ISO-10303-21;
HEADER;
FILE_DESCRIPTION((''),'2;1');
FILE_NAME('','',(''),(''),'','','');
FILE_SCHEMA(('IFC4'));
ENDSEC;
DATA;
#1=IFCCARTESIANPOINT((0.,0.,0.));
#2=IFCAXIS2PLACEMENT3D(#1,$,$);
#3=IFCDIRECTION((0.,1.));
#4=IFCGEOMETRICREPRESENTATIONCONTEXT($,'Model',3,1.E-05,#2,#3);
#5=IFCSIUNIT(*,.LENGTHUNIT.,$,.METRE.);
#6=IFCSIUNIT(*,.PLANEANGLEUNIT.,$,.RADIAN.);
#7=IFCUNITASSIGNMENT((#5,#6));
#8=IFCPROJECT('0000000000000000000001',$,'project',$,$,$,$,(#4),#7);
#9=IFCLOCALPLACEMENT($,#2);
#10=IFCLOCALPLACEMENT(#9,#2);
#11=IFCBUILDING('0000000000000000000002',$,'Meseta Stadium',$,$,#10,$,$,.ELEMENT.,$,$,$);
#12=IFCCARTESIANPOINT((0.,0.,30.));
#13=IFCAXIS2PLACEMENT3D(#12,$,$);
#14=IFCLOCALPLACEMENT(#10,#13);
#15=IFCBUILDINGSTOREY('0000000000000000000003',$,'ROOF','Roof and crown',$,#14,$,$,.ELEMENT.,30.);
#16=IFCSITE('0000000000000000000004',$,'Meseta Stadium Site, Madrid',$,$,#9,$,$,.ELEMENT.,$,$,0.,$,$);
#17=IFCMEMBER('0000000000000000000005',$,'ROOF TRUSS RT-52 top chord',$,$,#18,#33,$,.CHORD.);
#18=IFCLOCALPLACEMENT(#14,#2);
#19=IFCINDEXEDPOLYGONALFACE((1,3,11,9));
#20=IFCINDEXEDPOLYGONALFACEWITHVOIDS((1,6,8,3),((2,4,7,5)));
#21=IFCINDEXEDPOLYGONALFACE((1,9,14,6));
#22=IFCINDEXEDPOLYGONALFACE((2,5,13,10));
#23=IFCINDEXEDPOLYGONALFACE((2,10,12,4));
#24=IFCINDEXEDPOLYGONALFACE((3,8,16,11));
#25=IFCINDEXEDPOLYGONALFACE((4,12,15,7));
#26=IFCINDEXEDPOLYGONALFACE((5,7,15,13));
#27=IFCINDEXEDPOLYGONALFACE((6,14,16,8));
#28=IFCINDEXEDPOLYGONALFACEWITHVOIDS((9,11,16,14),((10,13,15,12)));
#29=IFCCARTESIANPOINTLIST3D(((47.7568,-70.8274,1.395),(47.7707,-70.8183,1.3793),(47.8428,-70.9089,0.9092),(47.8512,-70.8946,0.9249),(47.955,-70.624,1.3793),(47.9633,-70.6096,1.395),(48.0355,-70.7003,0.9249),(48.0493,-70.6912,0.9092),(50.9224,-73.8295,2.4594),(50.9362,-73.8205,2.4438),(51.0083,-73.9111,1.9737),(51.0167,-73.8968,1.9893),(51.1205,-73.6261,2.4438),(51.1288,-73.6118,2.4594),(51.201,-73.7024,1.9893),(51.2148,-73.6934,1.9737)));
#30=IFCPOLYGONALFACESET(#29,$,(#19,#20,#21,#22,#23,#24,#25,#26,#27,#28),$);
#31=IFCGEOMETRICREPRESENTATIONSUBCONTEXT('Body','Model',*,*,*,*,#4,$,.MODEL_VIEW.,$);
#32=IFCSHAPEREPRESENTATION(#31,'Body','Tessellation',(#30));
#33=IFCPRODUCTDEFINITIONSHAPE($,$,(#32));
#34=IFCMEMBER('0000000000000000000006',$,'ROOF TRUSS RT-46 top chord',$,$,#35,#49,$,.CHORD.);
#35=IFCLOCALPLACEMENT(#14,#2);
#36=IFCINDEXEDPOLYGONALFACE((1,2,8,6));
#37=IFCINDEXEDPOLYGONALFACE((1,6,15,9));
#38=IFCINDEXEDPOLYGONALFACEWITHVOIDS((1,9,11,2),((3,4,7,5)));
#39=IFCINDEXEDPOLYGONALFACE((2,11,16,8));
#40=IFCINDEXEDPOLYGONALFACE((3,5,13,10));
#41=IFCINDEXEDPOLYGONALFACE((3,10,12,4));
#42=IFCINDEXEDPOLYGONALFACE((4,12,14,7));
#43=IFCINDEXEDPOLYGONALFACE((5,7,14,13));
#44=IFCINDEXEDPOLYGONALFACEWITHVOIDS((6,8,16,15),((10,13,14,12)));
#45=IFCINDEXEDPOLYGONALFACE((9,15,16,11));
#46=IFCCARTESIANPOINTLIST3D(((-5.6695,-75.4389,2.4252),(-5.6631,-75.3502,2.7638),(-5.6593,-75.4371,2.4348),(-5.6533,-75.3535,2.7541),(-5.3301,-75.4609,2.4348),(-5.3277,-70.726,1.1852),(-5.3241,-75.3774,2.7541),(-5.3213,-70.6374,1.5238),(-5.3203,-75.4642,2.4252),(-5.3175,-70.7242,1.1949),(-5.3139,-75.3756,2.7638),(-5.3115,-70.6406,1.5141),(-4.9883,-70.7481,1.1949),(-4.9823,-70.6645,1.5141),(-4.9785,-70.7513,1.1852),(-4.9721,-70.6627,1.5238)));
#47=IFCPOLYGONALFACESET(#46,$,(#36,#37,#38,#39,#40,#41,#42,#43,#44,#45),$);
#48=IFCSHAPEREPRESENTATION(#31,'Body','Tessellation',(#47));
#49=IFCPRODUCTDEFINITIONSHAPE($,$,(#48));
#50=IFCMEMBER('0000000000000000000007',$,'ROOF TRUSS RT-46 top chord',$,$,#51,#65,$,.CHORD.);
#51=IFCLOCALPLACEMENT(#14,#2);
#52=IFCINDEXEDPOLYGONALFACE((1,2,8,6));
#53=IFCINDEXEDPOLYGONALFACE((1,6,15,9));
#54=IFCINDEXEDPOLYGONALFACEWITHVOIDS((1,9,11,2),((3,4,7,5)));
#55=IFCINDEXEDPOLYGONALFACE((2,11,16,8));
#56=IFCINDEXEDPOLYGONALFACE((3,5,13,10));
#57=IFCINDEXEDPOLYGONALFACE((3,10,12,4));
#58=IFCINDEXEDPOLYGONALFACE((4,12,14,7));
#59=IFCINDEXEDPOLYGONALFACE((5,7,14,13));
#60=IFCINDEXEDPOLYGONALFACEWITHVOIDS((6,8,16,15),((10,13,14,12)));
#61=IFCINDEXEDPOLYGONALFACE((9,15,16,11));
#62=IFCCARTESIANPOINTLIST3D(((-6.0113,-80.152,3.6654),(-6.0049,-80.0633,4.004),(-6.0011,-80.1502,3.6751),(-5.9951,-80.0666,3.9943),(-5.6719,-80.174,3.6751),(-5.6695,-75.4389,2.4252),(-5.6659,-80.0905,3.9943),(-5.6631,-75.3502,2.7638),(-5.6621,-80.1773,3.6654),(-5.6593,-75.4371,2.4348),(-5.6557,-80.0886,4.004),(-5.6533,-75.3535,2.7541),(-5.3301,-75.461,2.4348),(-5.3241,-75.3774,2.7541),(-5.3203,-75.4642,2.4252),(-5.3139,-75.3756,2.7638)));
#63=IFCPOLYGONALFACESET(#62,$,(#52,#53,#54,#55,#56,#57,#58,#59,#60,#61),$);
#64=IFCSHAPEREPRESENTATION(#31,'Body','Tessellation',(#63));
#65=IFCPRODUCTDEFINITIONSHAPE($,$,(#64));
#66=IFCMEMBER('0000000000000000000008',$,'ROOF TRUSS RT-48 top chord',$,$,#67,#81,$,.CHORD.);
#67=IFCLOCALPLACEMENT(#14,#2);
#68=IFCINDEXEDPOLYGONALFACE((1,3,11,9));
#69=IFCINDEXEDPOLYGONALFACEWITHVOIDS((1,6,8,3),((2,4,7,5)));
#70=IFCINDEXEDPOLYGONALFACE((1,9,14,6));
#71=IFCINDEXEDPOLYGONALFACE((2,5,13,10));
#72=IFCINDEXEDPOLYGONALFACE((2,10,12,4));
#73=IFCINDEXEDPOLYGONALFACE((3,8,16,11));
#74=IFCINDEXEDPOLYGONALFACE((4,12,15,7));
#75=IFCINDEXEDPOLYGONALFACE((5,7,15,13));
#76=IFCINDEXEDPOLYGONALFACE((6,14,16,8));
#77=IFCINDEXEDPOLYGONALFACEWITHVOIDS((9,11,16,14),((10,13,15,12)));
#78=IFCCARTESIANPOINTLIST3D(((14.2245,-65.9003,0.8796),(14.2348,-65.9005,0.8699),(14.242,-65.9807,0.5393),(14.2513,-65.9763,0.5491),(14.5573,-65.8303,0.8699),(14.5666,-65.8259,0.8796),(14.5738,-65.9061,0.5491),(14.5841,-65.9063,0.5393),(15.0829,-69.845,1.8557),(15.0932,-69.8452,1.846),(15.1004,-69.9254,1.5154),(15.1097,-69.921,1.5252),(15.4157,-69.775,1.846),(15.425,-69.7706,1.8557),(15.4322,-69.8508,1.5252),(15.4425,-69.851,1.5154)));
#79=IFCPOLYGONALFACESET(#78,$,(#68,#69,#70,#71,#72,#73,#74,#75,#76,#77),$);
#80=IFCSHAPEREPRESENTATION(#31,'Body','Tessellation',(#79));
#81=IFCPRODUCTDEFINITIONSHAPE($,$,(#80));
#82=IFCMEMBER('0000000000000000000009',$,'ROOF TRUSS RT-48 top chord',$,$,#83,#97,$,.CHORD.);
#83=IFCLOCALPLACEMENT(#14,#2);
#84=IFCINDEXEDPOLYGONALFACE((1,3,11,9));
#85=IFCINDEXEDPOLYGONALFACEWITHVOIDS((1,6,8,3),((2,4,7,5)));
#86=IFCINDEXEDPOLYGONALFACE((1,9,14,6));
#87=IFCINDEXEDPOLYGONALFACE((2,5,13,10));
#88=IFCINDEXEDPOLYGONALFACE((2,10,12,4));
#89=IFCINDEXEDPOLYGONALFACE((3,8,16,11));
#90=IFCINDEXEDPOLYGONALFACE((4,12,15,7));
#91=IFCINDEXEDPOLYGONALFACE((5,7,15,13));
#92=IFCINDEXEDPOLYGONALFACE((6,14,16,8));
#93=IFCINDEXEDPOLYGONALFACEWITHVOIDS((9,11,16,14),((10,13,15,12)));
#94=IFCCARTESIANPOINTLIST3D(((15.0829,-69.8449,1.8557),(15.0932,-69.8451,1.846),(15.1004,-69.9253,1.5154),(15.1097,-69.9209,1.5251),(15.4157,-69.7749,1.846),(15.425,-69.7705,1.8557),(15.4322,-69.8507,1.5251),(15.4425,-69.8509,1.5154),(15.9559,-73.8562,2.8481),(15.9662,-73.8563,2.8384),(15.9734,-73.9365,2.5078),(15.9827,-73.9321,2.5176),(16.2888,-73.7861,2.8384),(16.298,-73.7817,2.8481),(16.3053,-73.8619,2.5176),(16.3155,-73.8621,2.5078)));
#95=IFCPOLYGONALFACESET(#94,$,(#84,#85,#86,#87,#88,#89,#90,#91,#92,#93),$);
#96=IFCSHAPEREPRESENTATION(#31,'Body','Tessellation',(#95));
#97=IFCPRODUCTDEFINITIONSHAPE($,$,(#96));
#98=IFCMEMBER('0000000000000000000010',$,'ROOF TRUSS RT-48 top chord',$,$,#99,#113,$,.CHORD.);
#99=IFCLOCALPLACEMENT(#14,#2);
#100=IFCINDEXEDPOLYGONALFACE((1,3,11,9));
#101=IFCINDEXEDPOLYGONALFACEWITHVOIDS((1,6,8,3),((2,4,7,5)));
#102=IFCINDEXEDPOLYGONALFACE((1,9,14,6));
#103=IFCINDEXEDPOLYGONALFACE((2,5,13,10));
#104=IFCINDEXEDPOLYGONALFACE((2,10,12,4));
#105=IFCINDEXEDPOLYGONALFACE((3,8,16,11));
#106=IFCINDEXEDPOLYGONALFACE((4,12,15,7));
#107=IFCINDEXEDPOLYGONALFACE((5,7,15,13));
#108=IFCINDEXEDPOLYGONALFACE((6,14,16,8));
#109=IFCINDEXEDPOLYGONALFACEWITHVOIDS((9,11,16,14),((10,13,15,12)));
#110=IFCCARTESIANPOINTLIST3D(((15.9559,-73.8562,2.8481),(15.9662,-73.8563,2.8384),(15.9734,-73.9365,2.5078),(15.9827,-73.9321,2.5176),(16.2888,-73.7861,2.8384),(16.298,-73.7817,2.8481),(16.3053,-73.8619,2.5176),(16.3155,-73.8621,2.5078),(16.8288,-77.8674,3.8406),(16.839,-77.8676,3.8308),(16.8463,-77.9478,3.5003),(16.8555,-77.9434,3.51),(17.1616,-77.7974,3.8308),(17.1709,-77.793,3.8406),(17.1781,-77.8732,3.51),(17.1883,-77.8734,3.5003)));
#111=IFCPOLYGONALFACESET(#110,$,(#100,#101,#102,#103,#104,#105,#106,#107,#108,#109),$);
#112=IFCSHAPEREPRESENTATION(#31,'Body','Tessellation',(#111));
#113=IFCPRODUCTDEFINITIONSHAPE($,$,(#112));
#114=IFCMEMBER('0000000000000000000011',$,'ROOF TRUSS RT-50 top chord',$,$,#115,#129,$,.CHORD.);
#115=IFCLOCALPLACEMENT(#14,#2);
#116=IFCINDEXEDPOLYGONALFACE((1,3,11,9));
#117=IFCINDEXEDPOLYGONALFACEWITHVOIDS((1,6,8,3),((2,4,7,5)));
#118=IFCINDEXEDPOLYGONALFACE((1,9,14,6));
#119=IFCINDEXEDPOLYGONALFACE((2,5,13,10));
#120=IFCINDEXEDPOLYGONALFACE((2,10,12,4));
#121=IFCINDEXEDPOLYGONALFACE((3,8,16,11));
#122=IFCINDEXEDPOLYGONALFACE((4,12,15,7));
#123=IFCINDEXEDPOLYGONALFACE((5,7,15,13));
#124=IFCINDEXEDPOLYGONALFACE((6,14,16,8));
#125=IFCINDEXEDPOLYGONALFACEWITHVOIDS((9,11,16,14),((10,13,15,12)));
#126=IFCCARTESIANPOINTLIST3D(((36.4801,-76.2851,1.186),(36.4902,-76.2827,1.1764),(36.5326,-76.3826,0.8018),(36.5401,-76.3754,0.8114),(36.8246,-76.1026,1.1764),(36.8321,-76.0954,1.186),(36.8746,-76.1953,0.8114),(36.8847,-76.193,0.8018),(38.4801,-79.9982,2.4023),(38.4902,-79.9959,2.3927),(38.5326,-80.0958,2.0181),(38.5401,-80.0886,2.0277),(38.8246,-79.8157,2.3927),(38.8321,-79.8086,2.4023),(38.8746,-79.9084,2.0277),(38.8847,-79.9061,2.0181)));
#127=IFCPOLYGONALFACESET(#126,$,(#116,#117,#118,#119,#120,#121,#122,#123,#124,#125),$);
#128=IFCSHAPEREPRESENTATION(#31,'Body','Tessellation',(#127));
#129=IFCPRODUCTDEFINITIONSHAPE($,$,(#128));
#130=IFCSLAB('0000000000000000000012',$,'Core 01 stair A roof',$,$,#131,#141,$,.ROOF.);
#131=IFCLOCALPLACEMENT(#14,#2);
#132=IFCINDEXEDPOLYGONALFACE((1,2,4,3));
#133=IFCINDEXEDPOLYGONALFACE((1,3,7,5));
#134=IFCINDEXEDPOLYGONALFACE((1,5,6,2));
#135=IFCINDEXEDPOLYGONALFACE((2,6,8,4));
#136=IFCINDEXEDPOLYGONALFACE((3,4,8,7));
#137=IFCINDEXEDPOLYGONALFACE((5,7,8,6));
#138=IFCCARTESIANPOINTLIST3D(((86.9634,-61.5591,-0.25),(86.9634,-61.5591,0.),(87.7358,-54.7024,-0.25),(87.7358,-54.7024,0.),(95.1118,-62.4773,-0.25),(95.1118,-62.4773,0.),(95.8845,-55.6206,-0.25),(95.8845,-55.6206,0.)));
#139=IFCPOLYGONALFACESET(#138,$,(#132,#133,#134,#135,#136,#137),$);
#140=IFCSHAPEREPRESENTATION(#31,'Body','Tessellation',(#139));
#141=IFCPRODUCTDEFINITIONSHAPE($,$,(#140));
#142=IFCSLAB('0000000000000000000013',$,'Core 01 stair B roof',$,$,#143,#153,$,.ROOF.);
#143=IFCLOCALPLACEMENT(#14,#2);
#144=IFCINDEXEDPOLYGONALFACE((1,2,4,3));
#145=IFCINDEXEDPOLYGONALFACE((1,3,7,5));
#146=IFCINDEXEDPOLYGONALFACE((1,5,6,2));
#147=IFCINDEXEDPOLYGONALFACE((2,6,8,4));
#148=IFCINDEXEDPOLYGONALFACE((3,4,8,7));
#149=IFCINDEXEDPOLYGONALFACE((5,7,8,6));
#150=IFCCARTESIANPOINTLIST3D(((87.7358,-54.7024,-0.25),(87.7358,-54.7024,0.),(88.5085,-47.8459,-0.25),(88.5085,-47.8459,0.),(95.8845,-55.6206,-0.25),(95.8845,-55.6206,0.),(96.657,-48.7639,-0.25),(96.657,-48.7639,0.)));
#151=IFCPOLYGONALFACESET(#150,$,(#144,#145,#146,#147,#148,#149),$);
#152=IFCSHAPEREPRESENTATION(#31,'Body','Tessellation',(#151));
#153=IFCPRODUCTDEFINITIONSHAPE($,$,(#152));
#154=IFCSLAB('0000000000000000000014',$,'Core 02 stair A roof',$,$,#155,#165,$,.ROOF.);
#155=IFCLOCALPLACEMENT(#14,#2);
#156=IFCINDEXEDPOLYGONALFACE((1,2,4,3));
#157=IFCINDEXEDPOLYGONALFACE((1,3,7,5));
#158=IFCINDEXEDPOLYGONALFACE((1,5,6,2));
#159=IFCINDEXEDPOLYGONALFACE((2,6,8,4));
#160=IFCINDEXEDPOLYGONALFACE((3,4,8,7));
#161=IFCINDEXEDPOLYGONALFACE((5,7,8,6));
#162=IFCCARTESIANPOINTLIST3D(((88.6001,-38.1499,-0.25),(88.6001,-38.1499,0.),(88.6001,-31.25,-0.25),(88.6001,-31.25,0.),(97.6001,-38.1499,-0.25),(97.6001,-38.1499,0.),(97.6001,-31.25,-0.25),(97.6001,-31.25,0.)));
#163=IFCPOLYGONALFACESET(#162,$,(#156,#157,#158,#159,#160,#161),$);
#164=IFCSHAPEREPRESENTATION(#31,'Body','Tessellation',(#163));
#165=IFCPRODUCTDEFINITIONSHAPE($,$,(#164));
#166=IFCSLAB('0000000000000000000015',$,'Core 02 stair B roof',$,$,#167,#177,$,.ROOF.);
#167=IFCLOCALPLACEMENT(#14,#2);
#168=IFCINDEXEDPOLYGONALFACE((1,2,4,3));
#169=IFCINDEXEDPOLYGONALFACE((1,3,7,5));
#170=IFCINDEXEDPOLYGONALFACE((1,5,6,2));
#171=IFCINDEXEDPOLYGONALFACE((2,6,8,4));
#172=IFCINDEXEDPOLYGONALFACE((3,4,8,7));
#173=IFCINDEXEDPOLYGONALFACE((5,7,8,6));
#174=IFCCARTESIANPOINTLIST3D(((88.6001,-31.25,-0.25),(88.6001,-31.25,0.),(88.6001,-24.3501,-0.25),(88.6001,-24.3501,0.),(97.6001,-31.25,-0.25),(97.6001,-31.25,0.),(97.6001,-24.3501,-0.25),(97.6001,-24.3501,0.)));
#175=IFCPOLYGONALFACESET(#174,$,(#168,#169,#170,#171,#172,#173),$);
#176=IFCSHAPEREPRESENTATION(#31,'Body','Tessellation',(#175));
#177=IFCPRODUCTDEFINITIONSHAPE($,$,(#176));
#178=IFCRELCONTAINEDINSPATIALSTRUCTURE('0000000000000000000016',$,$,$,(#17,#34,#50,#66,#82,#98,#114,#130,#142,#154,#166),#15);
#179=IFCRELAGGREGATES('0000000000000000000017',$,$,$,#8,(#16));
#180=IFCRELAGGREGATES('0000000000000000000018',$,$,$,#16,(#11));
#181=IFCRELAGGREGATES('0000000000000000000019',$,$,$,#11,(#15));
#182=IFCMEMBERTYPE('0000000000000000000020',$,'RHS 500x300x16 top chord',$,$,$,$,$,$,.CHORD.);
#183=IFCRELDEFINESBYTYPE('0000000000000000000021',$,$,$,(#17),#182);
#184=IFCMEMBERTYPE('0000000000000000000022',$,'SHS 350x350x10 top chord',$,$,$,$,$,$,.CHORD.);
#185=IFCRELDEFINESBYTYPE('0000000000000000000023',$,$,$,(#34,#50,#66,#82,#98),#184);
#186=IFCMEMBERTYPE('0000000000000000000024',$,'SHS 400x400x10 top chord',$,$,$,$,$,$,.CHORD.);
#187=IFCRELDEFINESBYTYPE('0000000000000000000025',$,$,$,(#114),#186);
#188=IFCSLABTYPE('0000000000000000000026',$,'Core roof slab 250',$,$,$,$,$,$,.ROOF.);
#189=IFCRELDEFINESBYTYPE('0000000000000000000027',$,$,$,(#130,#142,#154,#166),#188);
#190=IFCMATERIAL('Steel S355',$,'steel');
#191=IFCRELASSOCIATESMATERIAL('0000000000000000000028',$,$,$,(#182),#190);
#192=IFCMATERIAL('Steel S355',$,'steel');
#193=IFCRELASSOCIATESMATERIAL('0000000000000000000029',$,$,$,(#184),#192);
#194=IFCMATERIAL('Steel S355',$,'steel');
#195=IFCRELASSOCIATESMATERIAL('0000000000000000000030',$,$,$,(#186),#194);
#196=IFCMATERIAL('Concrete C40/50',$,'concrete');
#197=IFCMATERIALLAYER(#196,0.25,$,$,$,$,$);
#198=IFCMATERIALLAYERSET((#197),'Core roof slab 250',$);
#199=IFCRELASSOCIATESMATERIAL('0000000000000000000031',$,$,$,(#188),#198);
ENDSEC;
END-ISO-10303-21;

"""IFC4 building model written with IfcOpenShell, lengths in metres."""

from ifc_helpers import new_model, si_unit, direction, frame, origin, origin_2d, place, context, subcontext, project, spatial, polyline, hollow_rectangle, outline, extrude, material, layer, layer_set, material_profile, profile_set, type_object, element, save


model = new_model("IFC4")

# Units and contexts
model_context = context("Model", 3, precision=1e-05, world=origin(), true_north=direction((0.0, 1.0)))
body_context = subcontext(model_context, "Body", "Model", "MODEL_VIEW")
ifc_project = project(units=[si_unit("LENGTHUNIT", "METRE"), si_unit("PLANEANGLEUNIT", "RADIAN")], contexts=[model_context])

# Site, building, storey
site_placement = place(None, origin())
site = spatial("IfcSite", under=ifc_project, at=site_placement, Name="Meseta Stadium Site, Madrid", CompositionType="ELEMENT", RefElevation=0.0)
building_placement = place(site_placement, origin())
building = spatial("IfcBuilding", under=site, at=building_placement, Name="Meseta Stadium", CompositionType="ELEMENT")
storey_placement = place(building_placement, frame((0.0, 0.0, 30.0)))
storey = spatial("IfcBuildingStorey", under=building, at=storey_placement, Name="ROOF", Description="Roof and crown", CompositionType="ELEMENT", Elevation=30.0)

# Members
ifc_material_1 = material(Name="Steel S355", Category="steel")
ifc_material_profile_1 = material_profile(ifc_material_1, hollow_rectangle(XDim=0.3, YDim=0.5, WallThickness=0.0161, at=origin_2d()), Name="RHS 500x300x16")
ifc_profile_set_1 = profile_set([ifc_material_profile_1], Name="Steel S355")
member_type_1 = type_object("IfcMemberType", Name="RHS 500x300x16 top chord", PredefinedType="CHORD", material=ifc_profile_set_1)
member_1_placement = place(storey_placement, frame((47.9031, -70.7593, 1.1521), z_axis=(0.7049, -0.66853, 0.237033), x_axis=(0.68814, 0.725578, 0.0)))
element("IfcMember", 1, at=member_1_placement, inside=storey, type_object=member_type_1, Name="ROOF TRUSS RT-52 top chord", PredefinedType="CHORD", context=body_context, shape_type="SweptSolid", body=[
    extrude(hollow_rectangle(XDim=0.3, YDim=0.5, WallThickness=0.0161, at=origin_2d()), origin(), (0.0, 0.0, 1.0), 4.4907),
])
ifc_material_2 = material(Name="Steel S355", Category="steel")
ifc_material_profile_2 = material_profile(ifc_material_2, hollow_rectangle(XDim=0.3501, YDim=0.3501, WallThickness=0.01, at=origin_2d()), Name="SHS 350x350x10")
ifc_profile_set_2 = profile_set([ifc_material_profile_2], Name="Steel S355")
member_type_2 = type_object("IfcMemberType", Name="SHS 350x350x10 top chord", PredefinedType="CHORD", material=ifc_profile_set_2)
member_2_placement = place(storey_placement, frame((-5.1499, -70.6943, 1.3545), z_axis=(-0.069965, -0.964717, 0.253823), x_axis=(0.99738, -0.072334, 0.0)))
element("IfcMember", 2, at=member_2_placement, inside=storey, type_object=member_type_2, Name="ROOF TRUSS RT-46 top chord", PredefinedType="CHORD", context=body_context, shape_type="SweptSolid", body=[
    extrude(hollow_rectangle(XDim=0.3501, YDim=0.3501, WallThickness=0.01, at=origin_2d()), origin(), (0.0, 0.0, 1.0), 4.8853),
])
member_3_placement = place(storey_placement, frame((-5.4917, -75.4072, 2.5945), z_axis=(-0.069961, -0.964708, 0.253857), x_axis=(0.997381, -0.07233, 0.0)))
element("IfcMember", 3, at=member_3_placement, inside=storey, type_object=member_type_2, Name="ROOF TRUSS RT-46 top chord", PredefinedType="CHORD", context=body_context, shape_type="SweptSolid", body=[
    extrude(hollow_rectangle(XDim=0.3501, YDim=0.3501, WallThickness=0.01, at=origin_2d()), origin(), (0.0, 0.0, 1.0), 4.8855),
])
member_4_placement = place(storey_placement, frame((14.4043, -65.9033, 0.7095), z_axis=(0.206682, -0.949763, 0.235016), x_axis=(0.977131, 0.212638, 0.0)))
element("IfcMember", 4, at=member_4_placement, inside=storey, type_object=member_type_2, Name="ROOF TRUSS RT-48 top chord", PredefinedType="CHORD", context=body_context, shape_type="SweptSolid", body=[
    extrude(hollow_rectangle(XDim=0.3501, YDim=0.3501, WallThickness=0.01, at=origin_2d()), origin(), (0.0, 0.0, 1.0), 4.1533),
])
for number, where, z_axis, x_axis, name in (
    (5, (15.2627, -69.8479, 1.6855), (0.206717, -0.949764, 0.234984), (0.977124, 0.212672, 0.0), "ROOF TRUSS RT-48 top chord"),
    (6, (16.1357, -73.8591, 2.678), (0.206661, -0.949775, 0.234987), (0.977136, 0.212615, 0.0), "ROOF TRUSS RT-48 top chord"),
):
    element("IfcMember", number, at=place(storey_placement, frame(where, z_axis=z_axis, x_axis=x_axis)), inside=storey, type_object=member_type_2, Name=name, PredefinedType="CHORD", context=body_context, shape_type="SweptSolid", body=[
        extrude(hollow_rectangle(XDim=0.3501, YDim=0.3501, WallThickness=0.01, at=origin_2d()), origin(), (0.0, 0.0, 1.0), 4.2234),
    ])
ifc_material_3 = material(Name="Steel S355", Category="steel")
ifc_material_profile_3 = material_profile(ifc_material_3, hollow_rectangle(XDim=0.3999, YDim=0.3999, WallThickness=0.01, at=origin_2d()), Name="SHS 400x400x10")
ifc_profile_set_3 = profile_set([ifc_material_profile_3], Name="Steel S355")
member_type_3 = type_object("IfcMemberType", Name="SHS 400x400x10 top chord", PredefinedType="CHORD", material=ifc_profile_set_3)
member_5_placement = place(storey_placement, frame((36.6824, -76.239, 0.9939), z_axis=(0.455644, -0.845933, 0.277102), x_axis=(0.88041, 0.474214, 0.0)))
element("IfcMember", 7, at=member_5_placement, inside=storey, type_object=member_type_3, Name="ROOF TRUSS RT-50 top chord", PredefinedType="CHORD", context=body_context, shape_type="SweptSolid", body=[
    extrude(hollow_rectangle(XDim=0.3999, YDim=0.3999, WallThickness=0.01, at=origin_2d()), origin(), (0.0, 0.0, 1.0), 4.3894),
])

# Slabs
ifc_material_4 = material(Name="Concrete C40/50", Category="concrete")
ifc_layer = layer(ifc_material_4, 0.25)
ifc_layer_set = layer_set([ifc_layer], Name="Core roof slab 250")
slab_type = type_object("IfcSlabType", Name="Core roof slab 250", PredefinedType="ROOF", material=ifc_layer_set)
slab_1_placement = place(storey_placement, frame((0.0, 0.0, -0.25)))
element("IfcSlab", 8, at=slab_1_placement, inside=storey, type_object=slab_type, Name="Core 01 stair A roof", PredefinedType="ROOF", context=body_context, shape_type="SweptSolid", body=[
    extrude(outline(polyline([(95.1118, -62.4773), (86.9634, -61.5591), (87.7358, -54.7024), (95.8845, -55.6206), (95.1118, -62.4773)])), origin(), (0.0, 0.0, 1.0), 0.25),
])
slab_2_placement = place(storey_placement, frame((0.0, 0.0, -0.25)))
element("IfcSlab", 9, at=slab_2_placement, inside=storey, type_object=slab_type, Name="Core 01 stair B roof", PredefinedType="ROOF", context=body_context, shape_type="SweptSolid", body=[
    extrude(outline(polyline([(95.8845, -55.6206), (87.7358, -54.7024), (88.5085, -47.8459), (96.657, -48.7639), (95.8845, -55.6206)])), origin(), (0.0, 0.0, 1.0), 0.25),
])
slab_3_placement = place(storey_placement, frame((0.0, 0.0, -0.25)))
element("IfcSlab", 10, at=slab_3_placement, inside=storey, type_object=slab_type, Name="Core 02 stair A roof", PredefinedType="ROOF", context=body_context, shape_type="SweptSolid", body=[
    extrude(outline(polyline([(97.6001, -38.1499), (88.6001, -38.1499), (88.6001, -31.25), (97.6001, -31.25), (97.6001, -38.1499)])), origin(), (0.0, 0.0, 1.0), 0.25),
])
slab_4_placement = place(storey_placement, frame((0.0, 0.0, -0.25)))
element("IfcSlab", 11, at=slab_4_placement, inside=storey, type_object=slab_type, Name="Core 02 stair B roof", PredefinedType="ROOF", context=body_context, shape_type="SweptSolid", body=[
    extrude(outline(polyline([(97.6001, -31.25), (88.6001, -31.25), (88.6001, -24.3501), (97.6001, -24.3501), (97.6001, -31.25)])), origin(), (0.0, 0.0, 1.0), 0.25),
])

save(model, "model.ifc")
